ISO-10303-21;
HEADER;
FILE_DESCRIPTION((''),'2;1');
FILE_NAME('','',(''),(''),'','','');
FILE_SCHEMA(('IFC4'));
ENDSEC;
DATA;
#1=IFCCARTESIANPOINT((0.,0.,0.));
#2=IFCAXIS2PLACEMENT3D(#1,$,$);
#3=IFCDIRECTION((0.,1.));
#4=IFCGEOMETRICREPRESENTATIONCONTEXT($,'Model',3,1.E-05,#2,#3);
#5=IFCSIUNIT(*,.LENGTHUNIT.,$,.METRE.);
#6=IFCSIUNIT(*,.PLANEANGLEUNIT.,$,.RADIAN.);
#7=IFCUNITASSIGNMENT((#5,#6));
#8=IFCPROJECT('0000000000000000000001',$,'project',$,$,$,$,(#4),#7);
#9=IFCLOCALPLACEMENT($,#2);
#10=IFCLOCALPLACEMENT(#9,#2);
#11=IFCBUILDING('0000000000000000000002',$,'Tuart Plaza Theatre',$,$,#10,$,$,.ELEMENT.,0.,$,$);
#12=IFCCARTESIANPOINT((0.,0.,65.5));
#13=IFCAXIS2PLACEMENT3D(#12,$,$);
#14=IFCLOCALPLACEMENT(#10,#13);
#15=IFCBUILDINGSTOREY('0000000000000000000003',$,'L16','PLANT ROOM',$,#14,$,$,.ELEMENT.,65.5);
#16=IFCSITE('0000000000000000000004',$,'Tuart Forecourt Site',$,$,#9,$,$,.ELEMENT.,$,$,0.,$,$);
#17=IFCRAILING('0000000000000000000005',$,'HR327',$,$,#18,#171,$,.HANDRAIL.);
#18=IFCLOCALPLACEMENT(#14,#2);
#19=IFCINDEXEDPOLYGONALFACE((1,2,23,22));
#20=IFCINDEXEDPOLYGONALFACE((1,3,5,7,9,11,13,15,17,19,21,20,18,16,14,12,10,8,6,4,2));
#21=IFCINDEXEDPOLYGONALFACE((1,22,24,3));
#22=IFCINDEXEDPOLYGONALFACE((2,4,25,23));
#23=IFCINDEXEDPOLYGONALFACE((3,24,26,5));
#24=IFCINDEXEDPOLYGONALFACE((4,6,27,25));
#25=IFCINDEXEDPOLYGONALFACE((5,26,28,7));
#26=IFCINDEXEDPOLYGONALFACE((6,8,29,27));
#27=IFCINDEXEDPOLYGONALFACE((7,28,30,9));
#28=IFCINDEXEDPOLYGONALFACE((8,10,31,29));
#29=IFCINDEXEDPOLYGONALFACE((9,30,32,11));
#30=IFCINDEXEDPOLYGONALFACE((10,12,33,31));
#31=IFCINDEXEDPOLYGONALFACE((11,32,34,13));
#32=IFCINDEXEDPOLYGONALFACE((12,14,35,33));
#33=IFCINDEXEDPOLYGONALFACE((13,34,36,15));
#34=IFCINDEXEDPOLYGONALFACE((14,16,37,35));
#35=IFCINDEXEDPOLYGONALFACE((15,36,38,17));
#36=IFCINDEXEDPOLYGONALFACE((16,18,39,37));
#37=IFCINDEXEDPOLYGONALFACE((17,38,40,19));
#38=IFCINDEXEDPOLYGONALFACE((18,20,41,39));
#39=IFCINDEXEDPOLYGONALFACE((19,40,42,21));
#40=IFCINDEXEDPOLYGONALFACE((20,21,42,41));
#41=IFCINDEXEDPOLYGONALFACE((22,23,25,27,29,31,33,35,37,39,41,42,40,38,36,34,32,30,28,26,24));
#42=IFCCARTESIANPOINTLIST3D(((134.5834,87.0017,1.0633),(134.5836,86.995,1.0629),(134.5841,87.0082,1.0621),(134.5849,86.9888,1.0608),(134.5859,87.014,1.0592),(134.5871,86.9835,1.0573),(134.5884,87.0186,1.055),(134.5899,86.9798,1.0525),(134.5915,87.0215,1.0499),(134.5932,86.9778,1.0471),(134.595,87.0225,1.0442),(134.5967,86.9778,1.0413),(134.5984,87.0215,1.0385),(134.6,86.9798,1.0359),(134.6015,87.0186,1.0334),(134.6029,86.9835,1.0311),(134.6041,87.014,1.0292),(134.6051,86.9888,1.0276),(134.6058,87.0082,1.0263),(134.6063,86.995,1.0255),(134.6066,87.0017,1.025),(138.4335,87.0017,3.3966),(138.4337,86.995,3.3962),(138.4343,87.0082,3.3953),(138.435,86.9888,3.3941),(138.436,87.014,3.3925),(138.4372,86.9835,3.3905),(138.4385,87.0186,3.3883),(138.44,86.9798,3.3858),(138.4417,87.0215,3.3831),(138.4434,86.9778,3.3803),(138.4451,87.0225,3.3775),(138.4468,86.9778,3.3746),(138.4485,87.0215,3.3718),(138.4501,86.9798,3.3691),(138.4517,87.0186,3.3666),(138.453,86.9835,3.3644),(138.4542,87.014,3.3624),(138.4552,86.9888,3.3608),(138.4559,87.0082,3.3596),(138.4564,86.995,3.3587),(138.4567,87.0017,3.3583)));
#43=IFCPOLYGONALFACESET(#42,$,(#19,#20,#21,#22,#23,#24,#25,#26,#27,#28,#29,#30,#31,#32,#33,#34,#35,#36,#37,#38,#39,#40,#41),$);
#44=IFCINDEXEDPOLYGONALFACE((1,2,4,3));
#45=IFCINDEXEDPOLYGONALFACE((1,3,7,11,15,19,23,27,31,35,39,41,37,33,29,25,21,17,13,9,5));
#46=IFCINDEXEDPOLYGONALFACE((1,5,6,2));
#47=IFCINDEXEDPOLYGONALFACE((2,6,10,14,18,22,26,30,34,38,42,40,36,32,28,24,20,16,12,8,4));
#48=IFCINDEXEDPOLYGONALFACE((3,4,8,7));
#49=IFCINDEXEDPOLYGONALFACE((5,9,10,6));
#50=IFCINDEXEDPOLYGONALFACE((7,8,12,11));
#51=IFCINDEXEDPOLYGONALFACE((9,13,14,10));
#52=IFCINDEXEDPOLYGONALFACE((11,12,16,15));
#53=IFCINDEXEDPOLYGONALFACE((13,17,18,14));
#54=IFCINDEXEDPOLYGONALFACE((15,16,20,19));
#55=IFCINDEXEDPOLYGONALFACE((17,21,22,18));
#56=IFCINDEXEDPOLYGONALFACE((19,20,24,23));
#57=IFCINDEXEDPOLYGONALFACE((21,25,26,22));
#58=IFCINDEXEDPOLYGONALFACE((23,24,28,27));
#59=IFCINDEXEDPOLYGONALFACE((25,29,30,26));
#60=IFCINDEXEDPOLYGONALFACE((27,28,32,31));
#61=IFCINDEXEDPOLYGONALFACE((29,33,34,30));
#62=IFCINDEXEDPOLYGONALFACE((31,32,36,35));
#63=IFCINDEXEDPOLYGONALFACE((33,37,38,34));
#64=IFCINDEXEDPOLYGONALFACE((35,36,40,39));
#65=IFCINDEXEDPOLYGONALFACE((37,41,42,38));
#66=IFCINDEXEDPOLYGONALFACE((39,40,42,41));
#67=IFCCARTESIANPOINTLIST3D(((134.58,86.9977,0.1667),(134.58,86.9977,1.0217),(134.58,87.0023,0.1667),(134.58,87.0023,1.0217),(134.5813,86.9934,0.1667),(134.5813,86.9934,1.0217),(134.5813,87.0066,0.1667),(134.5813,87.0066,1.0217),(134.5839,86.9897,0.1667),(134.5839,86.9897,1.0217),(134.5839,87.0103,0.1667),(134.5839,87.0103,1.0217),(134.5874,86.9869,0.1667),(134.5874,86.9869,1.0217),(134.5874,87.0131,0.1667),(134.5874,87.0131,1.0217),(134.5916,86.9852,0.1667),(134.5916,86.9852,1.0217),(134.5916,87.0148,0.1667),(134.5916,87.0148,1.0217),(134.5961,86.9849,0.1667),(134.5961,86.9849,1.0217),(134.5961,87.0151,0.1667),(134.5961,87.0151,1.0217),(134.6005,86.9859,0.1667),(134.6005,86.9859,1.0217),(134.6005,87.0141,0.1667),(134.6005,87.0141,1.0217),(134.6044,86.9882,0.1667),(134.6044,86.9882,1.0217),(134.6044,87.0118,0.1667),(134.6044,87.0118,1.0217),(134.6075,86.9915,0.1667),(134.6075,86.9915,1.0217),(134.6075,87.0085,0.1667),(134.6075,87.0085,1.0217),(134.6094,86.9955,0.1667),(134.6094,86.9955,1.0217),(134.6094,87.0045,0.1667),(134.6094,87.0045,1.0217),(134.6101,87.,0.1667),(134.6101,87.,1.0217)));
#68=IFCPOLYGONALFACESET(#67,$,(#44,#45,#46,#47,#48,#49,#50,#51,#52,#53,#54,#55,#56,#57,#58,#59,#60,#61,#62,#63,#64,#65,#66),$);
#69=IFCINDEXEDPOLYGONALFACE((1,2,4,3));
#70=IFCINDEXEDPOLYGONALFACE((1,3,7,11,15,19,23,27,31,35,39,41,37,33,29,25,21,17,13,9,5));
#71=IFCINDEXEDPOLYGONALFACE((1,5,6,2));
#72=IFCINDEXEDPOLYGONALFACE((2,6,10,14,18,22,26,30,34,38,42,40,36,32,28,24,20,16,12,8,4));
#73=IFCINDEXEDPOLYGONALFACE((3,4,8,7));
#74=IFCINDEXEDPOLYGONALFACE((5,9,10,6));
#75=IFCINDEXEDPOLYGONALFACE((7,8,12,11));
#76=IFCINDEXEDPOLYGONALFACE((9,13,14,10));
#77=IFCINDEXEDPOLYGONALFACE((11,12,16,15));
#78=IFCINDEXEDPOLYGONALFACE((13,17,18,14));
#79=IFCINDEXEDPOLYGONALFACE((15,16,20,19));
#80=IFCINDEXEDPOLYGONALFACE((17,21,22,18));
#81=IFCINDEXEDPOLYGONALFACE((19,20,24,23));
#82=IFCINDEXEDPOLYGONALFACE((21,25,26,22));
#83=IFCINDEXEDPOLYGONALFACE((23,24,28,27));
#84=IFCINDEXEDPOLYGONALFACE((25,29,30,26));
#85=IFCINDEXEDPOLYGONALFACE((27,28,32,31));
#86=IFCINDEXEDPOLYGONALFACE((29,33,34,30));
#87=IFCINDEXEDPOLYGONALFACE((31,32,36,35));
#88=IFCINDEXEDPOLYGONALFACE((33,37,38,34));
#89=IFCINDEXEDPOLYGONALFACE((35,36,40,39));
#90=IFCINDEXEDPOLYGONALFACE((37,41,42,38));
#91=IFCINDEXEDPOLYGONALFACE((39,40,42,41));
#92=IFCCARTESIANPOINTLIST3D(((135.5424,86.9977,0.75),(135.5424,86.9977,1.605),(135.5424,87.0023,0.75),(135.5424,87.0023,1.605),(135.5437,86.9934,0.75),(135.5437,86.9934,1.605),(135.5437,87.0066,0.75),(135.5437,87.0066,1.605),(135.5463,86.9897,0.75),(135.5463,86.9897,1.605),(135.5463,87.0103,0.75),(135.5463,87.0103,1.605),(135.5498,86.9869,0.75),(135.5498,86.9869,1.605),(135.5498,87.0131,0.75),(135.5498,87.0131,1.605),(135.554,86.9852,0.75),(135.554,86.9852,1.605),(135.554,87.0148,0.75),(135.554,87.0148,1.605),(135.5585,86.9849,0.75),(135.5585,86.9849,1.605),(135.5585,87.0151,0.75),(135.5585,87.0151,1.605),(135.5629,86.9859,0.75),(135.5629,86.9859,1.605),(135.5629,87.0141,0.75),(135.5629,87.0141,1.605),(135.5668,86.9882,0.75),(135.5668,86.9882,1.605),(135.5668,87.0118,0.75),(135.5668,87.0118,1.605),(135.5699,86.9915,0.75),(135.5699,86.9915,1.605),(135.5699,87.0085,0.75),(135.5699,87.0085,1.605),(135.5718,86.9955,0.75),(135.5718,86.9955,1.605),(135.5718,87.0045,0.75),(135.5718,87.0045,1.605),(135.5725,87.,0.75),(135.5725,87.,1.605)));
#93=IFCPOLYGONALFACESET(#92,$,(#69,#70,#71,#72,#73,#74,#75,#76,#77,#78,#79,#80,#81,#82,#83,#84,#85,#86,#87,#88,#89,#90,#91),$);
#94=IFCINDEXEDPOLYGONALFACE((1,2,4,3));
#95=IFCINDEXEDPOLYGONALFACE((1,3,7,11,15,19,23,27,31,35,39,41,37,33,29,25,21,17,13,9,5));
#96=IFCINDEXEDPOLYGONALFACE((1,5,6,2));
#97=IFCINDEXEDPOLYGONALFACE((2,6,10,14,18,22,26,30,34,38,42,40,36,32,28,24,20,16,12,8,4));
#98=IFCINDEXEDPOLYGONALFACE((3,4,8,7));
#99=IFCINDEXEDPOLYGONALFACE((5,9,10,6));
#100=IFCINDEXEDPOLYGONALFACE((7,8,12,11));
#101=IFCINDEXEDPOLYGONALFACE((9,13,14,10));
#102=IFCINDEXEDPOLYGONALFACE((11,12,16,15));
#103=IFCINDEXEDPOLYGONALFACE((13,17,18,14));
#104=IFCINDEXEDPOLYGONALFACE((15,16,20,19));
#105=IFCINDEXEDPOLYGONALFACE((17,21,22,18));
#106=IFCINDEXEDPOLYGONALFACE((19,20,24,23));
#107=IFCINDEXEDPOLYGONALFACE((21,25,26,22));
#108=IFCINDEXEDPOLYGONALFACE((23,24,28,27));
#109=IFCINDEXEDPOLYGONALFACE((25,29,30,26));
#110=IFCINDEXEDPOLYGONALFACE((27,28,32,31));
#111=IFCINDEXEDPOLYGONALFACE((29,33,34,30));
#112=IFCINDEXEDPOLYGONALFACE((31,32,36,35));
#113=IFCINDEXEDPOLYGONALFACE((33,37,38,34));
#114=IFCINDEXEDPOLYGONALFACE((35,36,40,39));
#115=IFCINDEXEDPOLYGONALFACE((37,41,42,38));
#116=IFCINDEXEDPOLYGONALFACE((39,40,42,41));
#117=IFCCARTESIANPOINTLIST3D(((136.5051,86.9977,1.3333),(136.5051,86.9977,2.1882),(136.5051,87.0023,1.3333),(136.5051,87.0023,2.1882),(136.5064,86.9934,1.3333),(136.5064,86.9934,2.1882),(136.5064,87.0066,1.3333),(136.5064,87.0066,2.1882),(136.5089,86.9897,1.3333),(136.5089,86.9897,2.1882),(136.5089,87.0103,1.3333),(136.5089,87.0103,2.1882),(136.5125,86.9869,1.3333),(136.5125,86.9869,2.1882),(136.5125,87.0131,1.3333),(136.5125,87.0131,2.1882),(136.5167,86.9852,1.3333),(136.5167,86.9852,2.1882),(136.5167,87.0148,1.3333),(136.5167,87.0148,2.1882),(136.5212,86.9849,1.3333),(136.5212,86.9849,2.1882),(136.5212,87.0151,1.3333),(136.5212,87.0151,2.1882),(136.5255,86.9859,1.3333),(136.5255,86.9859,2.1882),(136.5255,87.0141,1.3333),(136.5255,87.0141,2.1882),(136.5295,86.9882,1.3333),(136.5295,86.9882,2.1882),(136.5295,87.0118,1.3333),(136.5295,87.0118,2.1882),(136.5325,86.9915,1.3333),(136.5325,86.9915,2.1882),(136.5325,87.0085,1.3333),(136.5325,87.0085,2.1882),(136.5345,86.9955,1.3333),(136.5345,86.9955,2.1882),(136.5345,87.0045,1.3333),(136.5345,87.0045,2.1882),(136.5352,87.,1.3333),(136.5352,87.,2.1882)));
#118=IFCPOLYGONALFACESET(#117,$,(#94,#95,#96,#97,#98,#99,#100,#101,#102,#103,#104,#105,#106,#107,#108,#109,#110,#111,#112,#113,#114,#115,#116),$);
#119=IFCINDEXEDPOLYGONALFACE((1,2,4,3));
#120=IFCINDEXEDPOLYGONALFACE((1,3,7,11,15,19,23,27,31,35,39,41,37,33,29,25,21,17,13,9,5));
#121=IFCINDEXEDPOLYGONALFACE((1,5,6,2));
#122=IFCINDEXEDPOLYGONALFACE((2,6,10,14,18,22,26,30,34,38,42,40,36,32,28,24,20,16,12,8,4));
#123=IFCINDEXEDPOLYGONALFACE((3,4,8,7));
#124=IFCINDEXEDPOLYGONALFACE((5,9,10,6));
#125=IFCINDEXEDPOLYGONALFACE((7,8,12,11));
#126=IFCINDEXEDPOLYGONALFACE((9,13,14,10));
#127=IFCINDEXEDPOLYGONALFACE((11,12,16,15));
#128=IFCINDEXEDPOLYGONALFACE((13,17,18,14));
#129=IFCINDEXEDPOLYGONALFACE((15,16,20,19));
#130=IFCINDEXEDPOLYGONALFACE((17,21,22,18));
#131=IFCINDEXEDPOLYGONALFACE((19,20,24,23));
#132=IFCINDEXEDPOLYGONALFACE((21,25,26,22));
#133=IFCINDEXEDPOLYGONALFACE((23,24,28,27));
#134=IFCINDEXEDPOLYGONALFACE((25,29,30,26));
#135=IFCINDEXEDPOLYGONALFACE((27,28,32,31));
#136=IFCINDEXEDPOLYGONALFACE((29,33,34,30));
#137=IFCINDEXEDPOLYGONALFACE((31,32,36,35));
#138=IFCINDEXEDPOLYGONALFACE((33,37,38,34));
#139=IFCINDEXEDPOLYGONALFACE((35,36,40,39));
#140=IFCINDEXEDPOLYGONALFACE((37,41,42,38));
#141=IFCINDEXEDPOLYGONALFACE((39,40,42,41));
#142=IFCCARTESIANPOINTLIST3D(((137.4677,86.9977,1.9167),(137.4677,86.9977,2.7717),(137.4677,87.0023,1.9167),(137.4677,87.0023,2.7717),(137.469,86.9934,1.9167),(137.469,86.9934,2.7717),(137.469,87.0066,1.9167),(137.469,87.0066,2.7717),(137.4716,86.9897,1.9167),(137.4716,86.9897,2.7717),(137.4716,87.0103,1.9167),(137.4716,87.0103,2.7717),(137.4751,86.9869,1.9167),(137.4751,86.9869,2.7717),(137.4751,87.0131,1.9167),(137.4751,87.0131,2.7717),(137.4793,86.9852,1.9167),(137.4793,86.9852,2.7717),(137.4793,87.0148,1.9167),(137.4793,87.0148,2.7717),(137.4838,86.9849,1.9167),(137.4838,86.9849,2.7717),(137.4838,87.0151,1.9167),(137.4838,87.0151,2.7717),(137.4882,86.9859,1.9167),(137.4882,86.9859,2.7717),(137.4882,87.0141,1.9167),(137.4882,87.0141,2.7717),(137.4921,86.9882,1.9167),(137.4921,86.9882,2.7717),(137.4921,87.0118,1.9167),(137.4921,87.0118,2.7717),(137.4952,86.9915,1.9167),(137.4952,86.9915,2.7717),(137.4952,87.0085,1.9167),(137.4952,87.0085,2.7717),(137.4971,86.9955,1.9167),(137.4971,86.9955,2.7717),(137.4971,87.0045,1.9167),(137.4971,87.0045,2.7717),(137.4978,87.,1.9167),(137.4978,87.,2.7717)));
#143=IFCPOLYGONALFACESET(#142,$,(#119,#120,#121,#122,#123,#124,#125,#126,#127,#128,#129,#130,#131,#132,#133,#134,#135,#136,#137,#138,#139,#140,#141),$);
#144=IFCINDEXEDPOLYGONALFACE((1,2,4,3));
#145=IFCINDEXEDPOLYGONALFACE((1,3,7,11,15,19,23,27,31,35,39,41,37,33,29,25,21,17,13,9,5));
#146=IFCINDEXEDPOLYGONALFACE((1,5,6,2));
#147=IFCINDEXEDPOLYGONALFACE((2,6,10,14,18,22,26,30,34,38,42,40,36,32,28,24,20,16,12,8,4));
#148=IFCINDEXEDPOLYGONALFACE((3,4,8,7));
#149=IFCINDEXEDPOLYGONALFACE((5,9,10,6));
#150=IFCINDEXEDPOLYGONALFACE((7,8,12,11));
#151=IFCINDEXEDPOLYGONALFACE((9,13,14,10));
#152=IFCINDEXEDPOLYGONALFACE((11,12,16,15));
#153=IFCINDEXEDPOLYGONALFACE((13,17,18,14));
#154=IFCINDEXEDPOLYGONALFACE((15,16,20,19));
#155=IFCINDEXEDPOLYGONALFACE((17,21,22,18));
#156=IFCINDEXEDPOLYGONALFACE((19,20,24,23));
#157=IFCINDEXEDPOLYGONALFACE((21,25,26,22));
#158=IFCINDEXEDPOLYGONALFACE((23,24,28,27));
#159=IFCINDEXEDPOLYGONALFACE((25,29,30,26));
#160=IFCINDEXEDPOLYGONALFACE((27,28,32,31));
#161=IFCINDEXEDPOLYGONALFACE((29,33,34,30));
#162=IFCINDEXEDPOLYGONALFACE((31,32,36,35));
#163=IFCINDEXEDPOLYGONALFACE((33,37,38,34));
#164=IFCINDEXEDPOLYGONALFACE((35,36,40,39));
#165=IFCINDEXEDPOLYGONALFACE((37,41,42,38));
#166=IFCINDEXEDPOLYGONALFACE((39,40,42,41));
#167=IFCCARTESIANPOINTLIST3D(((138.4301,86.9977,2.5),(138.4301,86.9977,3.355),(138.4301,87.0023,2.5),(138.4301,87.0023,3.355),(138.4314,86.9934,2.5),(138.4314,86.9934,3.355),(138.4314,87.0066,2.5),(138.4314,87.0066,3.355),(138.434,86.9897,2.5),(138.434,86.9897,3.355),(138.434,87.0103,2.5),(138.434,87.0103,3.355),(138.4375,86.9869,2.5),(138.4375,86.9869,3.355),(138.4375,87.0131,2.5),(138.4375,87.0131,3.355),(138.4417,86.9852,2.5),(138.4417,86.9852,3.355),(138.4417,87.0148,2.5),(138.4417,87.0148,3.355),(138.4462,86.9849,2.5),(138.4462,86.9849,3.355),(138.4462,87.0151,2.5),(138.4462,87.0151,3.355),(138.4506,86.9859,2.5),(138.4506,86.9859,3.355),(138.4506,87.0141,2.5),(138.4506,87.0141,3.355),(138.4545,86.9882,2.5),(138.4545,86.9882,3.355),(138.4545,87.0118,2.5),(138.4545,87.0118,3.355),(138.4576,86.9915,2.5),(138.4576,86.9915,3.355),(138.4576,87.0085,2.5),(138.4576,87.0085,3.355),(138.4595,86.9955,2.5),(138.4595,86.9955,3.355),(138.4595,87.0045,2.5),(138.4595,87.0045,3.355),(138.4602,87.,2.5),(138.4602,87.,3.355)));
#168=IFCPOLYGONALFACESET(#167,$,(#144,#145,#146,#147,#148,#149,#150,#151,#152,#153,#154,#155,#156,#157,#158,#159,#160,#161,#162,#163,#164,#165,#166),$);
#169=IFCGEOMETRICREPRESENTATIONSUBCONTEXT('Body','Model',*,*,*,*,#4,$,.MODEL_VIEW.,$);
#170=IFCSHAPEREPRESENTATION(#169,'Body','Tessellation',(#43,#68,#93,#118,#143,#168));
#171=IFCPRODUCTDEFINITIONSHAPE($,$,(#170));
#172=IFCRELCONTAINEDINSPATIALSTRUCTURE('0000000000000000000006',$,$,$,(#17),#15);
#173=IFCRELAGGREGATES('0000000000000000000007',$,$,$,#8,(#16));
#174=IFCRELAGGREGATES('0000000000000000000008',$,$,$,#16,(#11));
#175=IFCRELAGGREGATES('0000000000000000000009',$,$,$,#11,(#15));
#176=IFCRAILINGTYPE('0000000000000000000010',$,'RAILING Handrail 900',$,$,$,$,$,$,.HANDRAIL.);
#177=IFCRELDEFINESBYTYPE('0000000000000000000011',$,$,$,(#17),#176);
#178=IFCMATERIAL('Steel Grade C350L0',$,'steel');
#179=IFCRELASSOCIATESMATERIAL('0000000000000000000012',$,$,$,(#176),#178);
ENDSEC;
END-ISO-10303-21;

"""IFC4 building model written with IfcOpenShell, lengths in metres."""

from ifc_helpers import new_model, si_unit, direction, frame, origin, origin_2d, place, context, subcontext, project, spatial, circle, extrude, material, type_object, element, save


model = new_model("IFC4")

# Units and contexts
model_context = context("Model", 3, precision=1e-05, world=origin(), true_north=direction((0.0, 1.0)))
body_context = subcontext(model_context, "Body", "Model", "MODEL_VIEW")
ifc_project = project(units=[si_unit("LENGTHUNIT", "METRE"), si_unit("PLANEANGLEUNIT", "RADIAN")], contexts=[model_context])

# Site, building, storey
site_placement = place(None, origin())
site = spatial("IfcSite", under=ifc_project, at=site_placement, Name="Tuart Forecourt Site", CompositionType="ELEMENT", RefElevation=0.0)
building_placement = place(site_placement, origin())
building = spatial("IfcBuilding", under=site, at=building_placement, Name="Tuart Plaza Theatre", CompositionType="ELEMENT", ElevationOfRefHeight=0.0)
storey_placement = place(building_placement, frame((0.0, 0.0, 65.5)))
storey = spatial("IfcBuildingStorey", under=building, at=storey_placement, Name="L16", Description="PLANT ROOM", CompositionType="ELEMENT", Elevation=65.5)

# Railing
ifc_material_1 = material(Name="Steel Grade C350L0", Category="steel")
railing_type_1 = type_object("IfcRailingType", Name="RAILING Handrail 900", PredefinedType="HANDRAIL", material=ifc_material_1)
for number, where, name in (
    (1, (134.595, 87.0, 0.1667), "HR327"),
):
    element("IfcRailing", number, at=place(storey_placement, frame(where)), inside=storey, type_object=railing_type_1, Name=name, PredefinedType="HANDRAIL", context=body_context, shape_type="SweptSolid", body=[
        extrude(circle(Radius=0.0225, at=origin_2d()), frame((0.0, 0.0, 0.8774), z_axis=(0.855212, 0.0, 0.518279), x_axis=(0.0, 1.0, 0.0)), (0.0, 0.0, 1.0), 4.502),
        extrude(circle(Radius=0.0151, at=origin_2d()), origin(), (0.0, 0.0, 1.0), 0.855),
        extrude(circle(Radius=0.0151, at=origin_2d()), frame((0.9624, 0.0, 0.5833)), (0.0, 0.0, 1.0), 0.855),
        extrude(circle(Radius=0.0151, at=origin_2d()), frame((1.925, 0.0, 1.1665)), (0.0, 0.0, 1.0), 0.855),
        extrude(circle(Radius=0.0151, at=origin_2d()), frame((2.8877, 0.0, 1.75)), (0.0, 0.0, 1.0), 0.855),
        extrude(circle(Radius=0.0151, at=origin_2d()), frame((3.8501, 0.0, 2.3333)), (0.0, 0.0, 1.0), 0.855),
    ])

save(model, "model.ifc")
